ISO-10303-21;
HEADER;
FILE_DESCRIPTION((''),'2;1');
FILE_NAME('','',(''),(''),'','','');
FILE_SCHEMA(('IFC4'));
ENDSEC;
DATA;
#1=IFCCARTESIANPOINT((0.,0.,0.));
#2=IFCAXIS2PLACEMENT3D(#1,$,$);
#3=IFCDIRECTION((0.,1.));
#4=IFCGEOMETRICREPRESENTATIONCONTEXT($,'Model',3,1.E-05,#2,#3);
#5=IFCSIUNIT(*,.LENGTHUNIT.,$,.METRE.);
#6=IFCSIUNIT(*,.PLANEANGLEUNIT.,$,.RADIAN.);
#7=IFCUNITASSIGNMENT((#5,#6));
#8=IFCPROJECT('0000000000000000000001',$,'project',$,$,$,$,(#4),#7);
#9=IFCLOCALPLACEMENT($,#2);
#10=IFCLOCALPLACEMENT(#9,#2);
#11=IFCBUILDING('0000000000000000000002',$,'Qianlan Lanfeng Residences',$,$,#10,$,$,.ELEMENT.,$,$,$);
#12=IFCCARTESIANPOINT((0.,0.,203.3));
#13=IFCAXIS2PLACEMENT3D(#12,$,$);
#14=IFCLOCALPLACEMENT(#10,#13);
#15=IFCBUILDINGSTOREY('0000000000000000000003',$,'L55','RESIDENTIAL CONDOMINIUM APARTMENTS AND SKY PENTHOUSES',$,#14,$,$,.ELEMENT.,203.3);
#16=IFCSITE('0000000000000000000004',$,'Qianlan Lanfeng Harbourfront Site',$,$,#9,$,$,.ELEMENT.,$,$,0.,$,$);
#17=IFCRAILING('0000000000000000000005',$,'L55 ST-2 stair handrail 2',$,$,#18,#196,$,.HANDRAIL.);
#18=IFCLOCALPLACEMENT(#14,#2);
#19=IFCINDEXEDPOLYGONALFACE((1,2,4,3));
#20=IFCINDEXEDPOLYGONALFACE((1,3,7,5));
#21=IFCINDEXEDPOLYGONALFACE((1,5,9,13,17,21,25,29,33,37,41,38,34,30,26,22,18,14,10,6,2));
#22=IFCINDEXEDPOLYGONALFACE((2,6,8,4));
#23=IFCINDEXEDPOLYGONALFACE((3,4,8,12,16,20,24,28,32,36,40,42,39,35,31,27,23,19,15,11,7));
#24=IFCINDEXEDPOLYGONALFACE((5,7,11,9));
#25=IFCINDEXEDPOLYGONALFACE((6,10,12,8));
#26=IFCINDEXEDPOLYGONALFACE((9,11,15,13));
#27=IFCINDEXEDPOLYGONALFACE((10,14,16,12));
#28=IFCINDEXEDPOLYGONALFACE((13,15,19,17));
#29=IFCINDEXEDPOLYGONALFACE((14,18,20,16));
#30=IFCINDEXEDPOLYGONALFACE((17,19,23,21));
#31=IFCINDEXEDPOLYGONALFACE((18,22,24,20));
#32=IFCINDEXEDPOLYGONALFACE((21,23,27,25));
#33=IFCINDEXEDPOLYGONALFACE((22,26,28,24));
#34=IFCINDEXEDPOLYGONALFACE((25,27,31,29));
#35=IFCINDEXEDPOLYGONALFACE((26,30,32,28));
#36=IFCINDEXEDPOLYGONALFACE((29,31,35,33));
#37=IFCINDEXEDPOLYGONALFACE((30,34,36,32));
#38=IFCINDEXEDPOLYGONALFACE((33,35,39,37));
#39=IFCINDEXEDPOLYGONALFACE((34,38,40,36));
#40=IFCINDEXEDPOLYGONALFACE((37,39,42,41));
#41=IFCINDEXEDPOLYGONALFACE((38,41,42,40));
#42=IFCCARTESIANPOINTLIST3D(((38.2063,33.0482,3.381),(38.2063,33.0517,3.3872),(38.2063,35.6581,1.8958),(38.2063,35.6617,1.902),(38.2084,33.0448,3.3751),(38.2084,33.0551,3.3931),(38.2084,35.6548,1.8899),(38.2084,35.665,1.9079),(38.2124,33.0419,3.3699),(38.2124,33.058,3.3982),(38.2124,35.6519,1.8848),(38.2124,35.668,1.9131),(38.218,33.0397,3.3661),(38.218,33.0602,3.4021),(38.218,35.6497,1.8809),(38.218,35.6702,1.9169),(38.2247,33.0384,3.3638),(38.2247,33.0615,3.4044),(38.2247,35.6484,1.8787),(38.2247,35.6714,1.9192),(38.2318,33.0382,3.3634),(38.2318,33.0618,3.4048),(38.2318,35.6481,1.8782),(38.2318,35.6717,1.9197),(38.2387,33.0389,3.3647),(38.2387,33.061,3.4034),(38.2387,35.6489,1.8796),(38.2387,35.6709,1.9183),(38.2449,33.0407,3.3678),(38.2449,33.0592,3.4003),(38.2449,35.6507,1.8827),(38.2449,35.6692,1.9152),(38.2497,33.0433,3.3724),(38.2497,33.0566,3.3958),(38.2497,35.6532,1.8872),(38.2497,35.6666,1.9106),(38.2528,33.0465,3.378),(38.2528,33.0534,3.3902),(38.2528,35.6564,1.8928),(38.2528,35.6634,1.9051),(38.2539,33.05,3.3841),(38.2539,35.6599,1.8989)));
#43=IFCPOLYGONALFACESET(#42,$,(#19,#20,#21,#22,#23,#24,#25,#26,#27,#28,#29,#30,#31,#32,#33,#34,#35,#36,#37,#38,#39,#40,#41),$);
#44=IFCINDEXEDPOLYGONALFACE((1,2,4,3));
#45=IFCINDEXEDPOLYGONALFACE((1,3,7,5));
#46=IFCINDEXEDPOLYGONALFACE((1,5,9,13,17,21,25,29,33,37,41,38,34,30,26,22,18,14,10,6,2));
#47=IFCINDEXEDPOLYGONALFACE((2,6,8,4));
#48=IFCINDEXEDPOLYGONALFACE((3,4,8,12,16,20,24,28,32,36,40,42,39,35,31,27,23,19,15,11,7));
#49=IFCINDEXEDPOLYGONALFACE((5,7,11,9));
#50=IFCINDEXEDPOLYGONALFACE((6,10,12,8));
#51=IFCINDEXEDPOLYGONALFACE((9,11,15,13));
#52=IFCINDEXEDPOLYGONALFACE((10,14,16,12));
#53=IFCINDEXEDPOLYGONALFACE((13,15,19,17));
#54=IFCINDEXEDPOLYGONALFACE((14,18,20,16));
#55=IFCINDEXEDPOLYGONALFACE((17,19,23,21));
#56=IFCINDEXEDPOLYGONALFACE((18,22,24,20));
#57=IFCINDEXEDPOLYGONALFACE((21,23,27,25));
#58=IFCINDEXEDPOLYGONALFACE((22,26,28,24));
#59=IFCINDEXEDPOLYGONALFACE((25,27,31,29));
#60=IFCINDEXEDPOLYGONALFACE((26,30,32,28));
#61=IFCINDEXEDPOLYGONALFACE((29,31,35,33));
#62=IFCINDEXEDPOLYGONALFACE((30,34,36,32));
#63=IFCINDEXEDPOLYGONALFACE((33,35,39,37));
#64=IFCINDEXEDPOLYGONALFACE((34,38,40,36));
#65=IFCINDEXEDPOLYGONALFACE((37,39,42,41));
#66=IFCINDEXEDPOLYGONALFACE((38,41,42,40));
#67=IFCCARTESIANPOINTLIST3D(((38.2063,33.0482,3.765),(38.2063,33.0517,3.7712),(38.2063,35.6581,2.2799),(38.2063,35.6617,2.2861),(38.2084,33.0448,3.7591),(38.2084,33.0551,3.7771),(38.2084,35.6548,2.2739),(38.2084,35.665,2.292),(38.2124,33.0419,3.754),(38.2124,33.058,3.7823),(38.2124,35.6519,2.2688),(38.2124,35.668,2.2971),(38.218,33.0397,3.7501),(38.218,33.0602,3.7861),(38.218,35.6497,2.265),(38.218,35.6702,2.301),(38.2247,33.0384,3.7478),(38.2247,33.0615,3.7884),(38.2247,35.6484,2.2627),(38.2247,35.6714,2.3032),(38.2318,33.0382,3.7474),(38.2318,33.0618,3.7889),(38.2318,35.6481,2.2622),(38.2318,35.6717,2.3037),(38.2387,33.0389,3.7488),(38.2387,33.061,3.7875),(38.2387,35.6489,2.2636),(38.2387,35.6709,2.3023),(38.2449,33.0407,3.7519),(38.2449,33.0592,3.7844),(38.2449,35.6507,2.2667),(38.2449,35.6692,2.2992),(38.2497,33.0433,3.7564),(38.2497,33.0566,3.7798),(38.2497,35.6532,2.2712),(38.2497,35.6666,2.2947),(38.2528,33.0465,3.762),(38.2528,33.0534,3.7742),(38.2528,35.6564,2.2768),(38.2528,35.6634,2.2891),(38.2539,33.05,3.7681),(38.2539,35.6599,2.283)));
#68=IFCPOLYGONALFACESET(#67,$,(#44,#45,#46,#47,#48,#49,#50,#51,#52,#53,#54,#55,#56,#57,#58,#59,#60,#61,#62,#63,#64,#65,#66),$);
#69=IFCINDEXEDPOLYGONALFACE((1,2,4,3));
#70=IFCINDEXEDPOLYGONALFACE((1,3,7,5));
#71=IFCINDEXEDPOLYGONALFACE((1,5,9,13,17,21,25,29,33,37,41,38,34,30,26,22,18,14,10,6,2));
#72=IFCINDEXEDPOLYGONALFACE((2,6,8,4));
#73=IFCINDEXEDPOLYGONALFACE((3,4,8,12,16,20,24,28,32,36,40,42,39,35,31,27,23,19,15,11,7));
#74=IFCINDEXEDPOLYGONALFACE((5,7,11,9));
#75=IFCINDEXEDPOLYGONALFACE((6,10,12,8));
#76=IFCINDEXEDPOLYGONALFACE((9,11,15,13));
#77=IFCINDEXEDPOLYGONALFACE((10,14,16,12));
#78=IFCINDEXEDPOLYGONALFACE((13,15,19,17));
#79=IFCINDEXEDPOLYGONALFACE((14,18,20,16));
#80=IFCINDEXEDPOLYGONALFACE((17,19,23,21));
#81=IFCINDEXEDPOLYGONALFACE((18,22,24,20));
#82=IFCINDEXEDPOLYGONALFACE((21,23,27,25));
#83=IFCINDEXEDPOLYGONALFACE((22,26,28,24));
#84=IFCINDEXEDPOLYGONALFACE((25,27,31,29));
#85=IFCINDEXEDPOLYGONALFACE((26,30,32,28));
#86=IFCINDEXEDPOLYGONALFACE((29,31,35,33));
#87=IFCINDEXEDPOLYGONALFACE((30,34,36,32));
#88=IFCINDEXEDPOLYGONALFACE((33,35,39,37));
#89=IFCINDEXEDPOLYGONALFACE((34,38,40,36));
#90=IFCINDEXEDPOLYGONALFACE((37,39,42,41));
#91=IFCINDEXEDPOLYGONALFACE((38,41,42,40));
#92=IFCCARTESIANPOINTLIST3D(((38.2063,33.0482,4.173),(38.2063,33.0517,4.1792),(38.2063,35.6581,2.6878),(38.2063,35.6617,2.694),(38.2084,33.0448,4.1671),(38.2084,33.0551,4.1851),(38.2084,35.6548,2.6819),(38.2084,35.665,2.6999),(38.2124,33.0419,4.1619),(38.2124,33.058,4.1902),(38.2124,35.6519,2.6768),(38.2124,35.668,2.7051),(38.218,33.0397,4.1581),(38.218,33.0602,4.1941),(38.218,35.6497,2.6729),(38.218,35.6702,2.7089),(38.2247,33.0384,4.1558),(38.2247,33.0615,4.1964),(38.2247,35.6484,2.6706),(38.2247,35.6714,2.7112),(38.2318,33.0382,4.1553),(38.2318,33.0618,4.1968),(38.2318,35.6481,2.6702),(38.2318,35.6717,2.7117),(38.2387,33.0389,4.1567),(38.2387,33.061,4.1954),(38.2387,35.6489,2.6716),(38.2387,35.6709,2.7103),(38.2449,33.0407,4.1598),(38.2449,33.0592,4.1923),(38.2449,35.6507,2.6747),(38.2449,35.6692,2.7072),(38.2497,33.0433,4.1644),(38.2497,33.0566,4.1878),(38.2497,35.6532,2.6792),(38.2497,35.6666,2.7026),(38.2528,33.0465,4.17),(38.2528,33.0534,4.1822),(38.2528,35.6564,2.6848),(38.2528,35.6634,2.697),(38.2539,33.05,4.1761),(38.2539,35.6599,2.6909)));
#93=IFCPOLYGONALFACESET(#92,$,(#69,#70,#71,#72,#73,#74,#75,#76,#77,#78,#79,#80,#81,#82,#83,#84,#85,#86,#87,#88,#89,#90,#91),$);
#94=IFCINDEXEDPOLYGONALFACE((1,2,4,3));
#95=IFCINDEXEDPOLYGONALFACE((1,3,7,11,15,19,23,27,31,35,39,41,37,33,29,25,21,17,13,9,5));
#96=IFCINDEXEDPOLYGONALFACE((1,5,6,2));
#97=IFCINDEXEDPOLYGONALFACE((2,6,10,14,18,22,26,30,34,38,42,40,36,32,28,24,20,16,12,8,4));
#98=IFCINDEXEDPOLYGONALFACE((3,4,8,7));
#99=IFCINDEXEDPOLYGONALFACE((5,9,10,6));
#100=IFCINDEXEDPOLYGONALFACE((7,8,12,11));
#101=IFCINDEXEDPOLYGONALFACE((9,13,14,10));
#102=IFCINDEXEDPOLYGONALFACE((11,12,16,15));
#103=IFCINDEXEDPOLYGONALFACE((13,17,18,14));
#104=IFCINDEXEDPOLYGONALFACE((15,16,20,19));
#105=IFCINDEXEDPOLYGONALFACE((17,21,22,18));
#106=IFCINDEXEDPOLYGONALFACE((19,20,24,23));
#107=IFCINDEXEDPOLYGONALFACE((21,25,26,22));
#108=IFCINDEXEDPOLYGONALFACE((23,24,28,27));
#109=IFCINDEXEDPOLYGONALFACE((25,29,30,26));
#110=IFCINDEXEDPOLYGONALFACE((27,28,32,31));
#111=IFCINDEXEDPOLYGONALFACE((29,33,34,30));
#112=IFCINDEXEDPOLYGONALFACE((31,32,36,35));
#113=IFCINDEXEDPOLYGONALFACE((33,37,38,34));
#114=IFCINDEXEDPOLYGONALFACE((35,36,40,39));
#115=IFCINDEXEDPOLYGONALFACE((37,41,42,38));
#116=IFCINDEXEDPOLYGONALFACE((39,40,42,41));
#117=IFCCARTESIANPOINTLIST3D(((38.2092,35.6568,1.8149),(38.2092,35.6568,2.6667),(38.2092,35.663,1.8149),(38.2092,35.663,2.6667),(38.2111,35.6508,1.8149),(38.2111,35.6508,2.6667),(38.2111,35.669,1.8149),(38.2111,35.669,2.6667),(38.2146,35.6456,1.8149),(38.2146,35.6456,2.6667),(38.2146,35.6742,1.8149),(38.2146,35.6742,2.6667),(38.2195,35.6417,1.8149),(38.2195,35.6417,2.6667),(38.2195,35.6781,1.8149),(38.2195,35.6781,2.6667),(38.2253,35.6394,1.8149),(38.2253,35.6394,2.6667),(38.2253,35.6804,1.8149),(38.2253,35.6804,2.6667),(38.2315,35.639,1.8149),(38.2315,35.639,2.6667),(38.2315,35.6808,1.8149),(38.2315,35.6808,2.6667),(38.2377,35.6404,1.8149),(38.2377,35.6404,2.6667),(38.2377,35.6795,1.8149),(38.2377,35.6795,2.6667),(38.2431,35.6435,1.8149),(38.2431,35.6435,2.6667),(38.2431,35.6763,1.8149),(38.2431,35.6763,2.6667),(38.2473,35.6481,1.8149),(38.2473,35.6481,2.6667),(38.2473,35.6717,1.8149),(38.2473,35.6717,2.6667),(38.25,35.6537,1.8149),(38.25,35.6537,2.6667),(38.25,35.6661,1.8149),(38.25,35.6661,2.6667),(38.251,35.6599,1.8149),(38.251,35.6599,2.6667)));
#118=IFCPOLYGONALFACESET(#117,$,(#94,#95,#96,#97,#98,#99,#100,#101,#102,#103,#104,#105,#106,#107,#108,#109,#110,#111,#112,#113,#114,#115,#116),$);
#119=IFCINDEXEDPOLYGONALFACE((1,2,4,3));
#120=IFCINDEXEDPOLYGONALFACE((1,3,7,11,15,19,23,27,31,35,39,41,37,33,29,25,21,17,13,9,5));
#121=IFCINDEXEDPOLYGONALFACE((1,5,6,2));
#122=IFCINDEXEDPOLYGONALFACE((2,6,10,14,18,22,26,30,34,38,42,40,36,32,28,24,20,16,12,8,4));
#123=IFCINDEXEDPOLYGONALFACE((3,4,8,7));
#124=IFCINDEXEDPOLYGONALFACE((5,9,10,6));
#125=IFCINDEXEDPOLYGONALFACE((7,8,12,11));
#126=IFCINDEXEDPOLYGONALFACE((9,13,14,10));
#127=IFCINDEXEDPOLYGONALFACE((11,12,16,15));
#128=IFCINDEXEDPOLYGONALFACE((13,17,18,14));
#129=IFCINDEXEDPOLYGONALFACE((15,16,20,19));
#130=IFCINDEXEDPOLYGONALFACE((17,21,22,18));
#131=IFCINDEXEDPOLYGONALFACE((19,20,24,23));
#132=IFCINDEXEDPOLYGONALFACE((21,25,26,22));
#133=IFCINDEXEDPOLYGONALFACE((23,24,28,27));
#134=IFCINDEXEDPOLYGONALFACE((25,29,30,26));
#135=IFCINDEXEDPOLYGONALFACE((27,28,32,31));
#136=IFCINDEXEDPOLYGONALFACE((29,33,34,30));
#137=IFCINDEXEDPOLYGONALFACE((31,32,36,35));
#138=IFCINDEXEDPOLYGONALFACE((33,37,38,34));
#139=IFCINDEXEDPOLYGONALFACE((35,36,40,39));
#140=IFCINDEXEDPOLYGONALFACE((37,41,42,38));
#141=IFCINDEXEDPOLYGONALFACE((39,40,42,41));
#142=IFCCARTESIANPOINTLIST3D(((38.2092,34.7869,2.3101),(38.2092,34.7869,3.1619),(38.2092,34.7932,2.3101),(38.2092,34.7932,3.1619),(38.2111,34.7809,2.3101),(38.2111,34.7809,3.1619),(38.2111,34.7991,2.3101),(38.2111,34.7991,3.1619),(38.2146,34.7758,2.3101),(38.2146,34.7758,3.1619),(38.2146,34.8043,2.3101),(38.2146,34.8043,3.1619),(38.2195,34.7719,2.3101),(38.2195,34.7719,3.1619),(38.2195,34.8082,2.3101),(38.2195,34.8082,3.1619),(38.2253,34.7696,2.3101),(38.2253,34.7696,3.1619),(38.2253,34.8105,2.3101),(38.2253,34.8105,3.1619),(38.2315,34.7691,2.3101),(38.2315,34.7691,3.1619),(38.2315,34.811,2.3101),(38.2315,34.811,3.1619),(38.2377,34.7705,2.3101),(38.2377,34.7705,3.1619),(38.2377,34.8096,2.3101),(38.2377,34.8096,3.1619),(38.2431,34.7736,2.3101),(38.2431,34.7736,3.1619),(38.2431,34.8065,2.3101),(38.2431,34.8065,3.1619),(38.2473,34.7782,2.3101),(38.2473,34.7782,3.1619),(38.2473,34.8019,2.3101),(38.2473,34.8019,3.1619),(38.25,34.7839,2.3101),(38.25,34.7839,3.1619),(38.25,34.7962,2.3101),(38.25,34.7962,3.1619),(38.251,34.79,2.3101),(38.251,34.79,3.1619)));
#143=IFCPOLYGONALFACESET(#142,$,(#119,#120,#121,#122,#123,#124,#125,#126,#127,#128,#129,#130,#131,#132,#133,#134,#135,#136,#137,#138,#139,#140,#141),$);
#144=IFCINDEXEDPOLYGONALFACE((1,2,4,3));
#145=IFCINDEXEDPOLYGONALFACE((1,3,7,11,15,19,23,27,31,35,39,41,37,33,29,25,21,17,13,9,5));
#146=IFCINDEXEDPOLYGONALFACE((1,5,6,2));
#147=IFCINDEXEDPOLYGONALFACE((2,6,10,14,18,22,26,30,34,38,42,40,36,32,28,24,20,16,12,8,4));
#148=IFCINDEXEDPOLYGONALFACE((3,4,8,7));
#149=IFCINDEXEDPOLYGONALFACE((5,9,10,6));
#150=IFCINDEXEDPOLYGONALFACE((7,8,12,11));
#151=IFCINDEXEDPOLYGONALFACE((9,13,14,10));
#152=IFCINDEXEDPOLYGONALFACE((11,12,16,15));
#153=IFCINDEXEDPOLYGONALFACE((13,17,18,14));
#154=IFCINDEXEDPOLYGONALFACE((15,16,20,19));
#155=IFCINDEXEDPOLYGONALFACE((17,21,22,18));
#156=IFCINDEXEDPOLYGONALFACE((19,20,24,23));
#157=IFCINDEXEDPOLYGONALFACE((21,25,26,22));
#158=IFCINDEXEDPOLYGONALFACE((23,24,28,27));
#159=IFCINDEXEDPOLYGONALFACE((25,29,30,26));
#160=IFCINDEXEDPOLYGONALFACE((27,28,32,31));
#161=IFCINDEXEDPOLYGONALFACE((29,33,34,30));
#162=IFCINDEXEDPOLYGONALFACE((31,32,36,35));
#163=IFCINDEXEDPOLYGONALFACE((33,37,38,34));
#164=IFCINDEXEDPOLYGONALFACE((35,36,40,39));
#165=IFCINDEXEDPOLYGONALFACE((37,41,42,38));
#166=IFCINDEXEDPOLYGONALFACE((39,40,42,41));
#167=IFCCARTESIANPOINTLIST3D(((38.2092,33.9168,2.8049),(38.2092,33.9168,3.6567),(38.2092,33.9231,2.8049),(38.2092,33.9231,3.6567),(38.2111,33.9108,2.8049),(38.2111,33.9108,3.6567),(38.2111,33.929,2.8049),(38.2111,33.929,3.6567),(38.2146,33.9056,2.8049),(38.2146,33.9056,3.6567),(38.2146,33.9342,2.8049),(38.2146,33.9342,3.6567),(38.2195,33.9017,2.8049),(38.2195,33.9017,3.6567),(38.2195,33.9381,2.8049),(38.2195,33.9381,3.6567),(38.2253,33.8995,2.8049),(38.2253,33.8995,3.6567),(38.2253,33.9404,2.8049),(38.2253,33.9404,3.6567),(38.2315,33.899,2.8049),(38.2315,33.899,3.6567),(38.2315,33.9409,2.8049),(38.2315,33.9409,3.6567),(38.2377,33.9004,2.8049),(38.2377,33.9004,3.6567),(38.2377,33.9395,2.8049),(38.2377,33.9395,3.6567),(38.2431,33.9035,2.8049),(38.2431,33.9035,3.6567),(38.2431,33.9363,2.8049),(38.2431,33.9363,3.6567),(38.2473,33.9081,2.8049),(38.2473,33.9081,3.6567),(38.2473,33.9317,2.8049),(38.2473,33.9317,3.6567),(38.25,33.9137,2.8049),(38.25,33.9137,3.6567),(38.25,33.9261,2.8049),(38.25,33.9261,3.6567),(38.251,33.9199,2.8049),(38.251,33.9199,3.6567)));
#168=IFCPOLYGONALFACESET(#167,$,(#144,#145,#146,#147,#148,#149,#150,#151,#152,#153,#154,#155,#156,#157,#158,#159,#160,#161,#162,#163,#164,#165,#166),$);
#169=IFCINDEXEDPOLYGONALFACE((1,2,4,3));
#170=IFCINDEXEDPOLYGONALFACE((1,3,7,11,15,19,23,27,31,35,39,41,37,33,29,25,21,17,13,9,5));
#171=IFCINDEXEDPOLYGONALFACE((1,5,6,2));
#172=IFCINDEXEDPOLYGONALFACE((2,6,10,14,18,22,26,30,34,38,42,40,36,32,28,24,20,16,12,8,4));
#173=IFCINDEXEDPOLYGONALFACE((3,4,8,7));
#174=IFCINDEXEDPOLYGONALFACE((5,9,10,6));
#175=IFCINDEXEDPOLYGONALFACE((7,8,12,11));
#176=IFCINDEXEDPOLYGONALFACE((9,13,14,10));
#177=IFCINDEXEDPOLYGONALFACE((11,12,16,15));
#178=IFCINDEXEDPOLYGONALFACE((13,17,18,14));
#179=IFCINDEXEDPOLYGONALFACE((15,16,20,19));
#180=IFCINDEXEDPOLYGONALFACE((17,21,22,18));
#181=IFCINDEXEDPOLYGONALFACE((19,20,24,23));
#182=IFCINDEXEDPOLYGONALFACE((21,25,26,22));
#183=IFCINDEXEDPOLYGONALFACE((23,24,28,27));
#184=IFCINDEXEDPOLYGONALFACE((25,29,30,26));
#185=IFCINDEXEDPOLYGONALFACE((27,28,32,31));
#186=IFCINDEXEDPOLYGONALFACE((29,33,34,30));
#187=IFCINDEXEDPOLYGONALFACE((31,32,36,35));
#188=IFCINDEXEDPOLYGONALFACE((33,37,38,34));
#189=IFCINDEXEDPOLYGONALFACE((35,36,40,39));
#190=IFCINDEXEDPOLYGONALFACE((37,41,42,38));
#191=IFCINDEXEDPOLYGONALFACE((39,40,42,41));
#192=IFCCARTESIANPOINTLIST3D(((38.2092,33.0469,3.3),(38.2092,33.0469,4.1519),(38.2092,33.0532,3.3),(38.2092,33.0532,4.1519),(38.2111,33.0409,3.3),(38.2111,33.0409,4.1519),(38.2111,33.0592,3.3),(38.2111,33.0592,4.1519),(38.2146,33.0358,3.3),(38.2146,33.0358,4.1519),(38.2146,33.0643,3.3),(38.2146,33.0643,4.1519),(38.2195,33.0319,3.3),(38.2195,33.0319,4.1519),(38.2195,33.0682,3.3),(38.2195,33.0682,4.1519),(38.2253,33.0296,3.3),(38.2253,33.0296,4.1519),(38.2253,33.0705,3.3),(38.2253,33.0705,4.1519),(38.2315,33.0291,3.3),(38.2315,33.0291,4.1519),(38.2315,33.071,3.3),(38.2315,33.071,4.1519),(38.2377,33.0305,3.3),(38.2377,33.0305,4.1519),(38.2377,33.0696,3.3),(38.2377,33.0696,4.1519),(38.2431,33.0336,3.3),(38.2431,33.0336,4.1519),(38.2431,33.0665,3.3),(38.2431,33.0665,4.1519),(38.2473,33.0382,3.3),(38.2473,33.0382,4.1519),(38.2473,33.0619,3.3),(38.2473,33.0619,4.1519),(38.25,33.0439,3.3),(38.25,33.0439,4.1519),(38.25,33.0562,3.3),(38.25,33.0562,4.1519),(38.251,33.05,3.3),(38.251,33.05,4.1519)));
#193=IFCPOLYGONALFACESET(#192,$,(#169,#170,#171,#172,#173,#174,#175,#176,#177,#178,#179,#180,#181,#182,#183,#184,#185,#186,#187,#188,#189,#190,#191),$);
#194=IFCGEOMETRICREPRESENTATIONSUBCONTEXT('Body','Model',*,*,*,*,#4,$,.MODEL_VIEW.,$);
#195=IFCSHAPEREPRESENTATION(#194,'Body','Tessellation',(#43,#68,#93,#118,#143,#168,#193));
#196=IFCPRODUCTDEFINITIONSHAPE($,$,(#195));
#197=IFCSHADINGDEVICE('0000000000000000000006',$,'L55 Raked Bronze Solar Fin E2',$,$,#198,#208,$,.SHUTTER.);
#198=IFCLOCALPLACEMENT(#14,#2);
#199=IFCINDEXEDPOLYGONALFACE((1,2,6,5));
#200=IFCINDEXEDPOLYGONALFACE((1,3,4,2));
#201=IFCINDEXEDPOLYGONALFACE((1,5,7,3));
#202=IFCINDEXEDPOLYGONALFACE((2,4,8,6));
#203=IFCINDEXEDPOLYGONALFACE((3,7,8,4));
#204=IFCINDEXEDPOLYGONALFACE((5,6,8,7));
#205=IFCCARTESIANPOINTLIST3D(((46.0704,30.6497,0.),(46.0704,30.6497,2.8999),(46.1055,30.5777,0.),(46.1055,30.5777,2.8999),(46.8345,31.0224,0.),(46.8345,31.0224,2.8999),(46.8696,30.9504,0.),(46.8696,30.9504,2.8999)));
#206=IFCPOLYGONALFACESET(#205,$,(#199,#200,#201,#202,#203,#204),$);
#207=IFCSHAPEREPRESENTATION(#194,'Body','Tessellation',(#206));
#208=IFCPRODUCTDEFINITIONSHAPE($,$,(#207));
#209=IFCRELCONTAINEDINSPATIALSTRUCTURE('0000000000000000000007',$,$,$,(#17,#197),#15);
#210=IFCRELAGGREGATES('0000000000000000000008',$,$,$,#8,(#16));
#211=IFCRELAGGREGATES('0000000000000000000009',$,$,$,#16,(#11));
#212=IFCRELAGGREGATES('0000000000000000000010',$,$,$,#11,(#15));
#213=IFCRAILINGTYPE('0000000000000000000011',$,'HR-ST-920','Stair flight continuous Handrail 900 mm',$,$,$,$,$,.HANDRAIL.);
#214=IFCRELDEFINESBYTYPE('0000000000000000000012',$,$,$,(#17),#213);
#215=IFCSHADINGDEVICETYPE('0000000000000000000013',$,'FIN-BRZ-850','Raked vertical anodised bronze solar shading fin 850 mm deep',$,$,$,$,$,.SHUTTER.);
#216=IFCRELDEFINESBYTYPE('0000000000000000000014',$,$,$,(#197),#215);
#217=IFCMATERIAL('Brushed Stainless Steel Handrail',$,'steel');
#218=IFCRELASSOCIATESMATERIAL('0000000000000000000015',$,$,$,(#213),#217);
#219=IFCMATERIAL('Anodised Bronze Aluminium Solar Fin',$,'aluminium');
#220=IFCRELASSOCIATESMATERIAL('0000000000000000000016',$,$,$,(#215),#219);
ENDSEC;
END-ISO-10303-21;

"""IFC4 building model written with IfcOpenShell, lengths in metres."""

from ifc_helpers import new_model, si_unit, direction, frame, origin, origin_2d, place, context, subcontext, project, spatial, rectangle, circle, extrude, source, transform, mapped, material, type_object, element, save


model = new_model("IFC4")

# Units and contexts
model_context = context("Model", 3, precision=1e-05, world=origin(), true_north=direction((0.0, 1.0)))
body_context = subcontext(model_context, "Body", "Model", "MODEL_VIEW")
ifc_project = project(units=[si_unit("LENGTHUNIT", "METRE"), si_unit("PLANEANGLEUNIT", "RADIAN")], contexts=[model_context])

# Site, building, storey
site_placement = place(None, origin())
site = spatial("IfcSite", under=ifc_project, at=site_placement, Name="Qianlan Lanfeng Harbourfront Site", CompositionType="ELEMENT", RefElevation=0.0)
building_placement = place(site_placement, origin())
building = spatial("IfcBuilding", under=site, at=building_placement, Name="Qianlan Lanfeng Residences", CompositionType="ELEMENT")
storey_placement = place(building_placement, frame((0.0, 0.0, 203.3)))
storey = spatial("IfcBuildingStorey", under=building, at=storey_placement, Name="L55", Description="RESIDENTIAL CONDOMINIUM APARTMENTS AND SKY PENTHOUSES", CompositionType="ELEMENT", Elevation=203.3)

# Railing
ifc_material_1 = material(Name="Brushed Stainless Steel Handrail", Category="steel")
railing_type_1 = type_object("IfcRailingType", Name="HR-ST-920", Description="Stair flight continuous Handrail 900 mm", PredefinedType="HANDRAIL", material=ifc_material_1)
railing_1_placement = place(storey_placement, frame((38.23, 35.6599, 1.8149)))
element("IfcRailing", 1, at=railing_1_placement, inside=storey, type_object=railing_type_1, Name="L55 ST-2 stair handrail 2", PredefinedType="HANDRAIL", context=body_context, shape_type="SweptSolid", body=[
    extrude(circle(Radius=0.0239, at=origin_2d()), frame((0.0, 0.0, 0.084), z_axis=(0.0, -0.869137, 0.494571), x_axis=(1.0, 0.0, 0.0)), (0.0, 0.0, 1.0), 3.0029),
    extrude(circle(Radius=0.0239, at=origin_2d()), frame((0.0, 0.0, 0.468), z_axis=(0.0, -0.869137, 0.494571), x_axis=(1.0, 0.0, 0.0)), (0.0, 0.0, 1.0), 3.0029),
    extrude(circle(Radius=0.0239, at=origin_2d()), frame((0.0, 0.0, 0.876), z_axis=(0.0, -0.869137, 0.494571), x_axis=(1.0, 0.0, 0.0)), (0.0, 0.0, 1.0), 3.0029),
    extrude(circle(Radius=0.021, at=origin_2d()), origin(), (0.0, 0.0, 1.0), 0.8518),
    extrude(circle(Radius=0.021, at=origin_2d()), frame((0.0, -0.8699, 0.4951)), (0.0, 0.0, 1.0), 0.8518),
    extrude(circle(Radius=0.021, at=origin_2d()), frame((0.0, -1.74, 0.99)), (0.0, 0.0, 1.0), 0.8518),
    extrude(circle(Radius=0.021, at=origin_2d()), frame((0.0, -2.6099, 1.4851)), (0.0, 0.0, 1.0), 0.8518),
])

# Shading device
ifc_material_2 = material(Name="Anodised Bronze Aluminium Solar Fin", Category="aluminium")
shading_device_type = type_object("IfcShadingDeviceType", Name="FIN-BRZ-850", Description="Raked vertical anodised bronze solar shading fin 850 mm deep", PredefinedType="SHUTTER", material=ifc_material_2)
shared_shape = source(origin(), body_context, "Body", "SweptSolid", [
    extrude(rectangle(XDim=0.8501, YDim=0.0801, at=origin_2d()), origin(), (0.0, 0.0, 1.0), 2.8999),
])
shading_device_placement = place(storey_placement, frame((46.47, 30.8, 0.0), z_axis=(0.0, 0.0, 1.0), x_axis=(0.898794, 0.438371, 0.0)))
element("IfcShadingDevice", 2, at=shading_device_placement, inside=storey, type_object=shading_device_type, Name="L55 Raked Bronze Solar Fin E2", PredefinedType="SHUTTER", context=body_context, shape_type="MappedRepresentation", body=[
    mapped(shared_shape, transform((0.0, 0.0, 0.0), scale=1.0)),
])

save(model, "model.ifc")
